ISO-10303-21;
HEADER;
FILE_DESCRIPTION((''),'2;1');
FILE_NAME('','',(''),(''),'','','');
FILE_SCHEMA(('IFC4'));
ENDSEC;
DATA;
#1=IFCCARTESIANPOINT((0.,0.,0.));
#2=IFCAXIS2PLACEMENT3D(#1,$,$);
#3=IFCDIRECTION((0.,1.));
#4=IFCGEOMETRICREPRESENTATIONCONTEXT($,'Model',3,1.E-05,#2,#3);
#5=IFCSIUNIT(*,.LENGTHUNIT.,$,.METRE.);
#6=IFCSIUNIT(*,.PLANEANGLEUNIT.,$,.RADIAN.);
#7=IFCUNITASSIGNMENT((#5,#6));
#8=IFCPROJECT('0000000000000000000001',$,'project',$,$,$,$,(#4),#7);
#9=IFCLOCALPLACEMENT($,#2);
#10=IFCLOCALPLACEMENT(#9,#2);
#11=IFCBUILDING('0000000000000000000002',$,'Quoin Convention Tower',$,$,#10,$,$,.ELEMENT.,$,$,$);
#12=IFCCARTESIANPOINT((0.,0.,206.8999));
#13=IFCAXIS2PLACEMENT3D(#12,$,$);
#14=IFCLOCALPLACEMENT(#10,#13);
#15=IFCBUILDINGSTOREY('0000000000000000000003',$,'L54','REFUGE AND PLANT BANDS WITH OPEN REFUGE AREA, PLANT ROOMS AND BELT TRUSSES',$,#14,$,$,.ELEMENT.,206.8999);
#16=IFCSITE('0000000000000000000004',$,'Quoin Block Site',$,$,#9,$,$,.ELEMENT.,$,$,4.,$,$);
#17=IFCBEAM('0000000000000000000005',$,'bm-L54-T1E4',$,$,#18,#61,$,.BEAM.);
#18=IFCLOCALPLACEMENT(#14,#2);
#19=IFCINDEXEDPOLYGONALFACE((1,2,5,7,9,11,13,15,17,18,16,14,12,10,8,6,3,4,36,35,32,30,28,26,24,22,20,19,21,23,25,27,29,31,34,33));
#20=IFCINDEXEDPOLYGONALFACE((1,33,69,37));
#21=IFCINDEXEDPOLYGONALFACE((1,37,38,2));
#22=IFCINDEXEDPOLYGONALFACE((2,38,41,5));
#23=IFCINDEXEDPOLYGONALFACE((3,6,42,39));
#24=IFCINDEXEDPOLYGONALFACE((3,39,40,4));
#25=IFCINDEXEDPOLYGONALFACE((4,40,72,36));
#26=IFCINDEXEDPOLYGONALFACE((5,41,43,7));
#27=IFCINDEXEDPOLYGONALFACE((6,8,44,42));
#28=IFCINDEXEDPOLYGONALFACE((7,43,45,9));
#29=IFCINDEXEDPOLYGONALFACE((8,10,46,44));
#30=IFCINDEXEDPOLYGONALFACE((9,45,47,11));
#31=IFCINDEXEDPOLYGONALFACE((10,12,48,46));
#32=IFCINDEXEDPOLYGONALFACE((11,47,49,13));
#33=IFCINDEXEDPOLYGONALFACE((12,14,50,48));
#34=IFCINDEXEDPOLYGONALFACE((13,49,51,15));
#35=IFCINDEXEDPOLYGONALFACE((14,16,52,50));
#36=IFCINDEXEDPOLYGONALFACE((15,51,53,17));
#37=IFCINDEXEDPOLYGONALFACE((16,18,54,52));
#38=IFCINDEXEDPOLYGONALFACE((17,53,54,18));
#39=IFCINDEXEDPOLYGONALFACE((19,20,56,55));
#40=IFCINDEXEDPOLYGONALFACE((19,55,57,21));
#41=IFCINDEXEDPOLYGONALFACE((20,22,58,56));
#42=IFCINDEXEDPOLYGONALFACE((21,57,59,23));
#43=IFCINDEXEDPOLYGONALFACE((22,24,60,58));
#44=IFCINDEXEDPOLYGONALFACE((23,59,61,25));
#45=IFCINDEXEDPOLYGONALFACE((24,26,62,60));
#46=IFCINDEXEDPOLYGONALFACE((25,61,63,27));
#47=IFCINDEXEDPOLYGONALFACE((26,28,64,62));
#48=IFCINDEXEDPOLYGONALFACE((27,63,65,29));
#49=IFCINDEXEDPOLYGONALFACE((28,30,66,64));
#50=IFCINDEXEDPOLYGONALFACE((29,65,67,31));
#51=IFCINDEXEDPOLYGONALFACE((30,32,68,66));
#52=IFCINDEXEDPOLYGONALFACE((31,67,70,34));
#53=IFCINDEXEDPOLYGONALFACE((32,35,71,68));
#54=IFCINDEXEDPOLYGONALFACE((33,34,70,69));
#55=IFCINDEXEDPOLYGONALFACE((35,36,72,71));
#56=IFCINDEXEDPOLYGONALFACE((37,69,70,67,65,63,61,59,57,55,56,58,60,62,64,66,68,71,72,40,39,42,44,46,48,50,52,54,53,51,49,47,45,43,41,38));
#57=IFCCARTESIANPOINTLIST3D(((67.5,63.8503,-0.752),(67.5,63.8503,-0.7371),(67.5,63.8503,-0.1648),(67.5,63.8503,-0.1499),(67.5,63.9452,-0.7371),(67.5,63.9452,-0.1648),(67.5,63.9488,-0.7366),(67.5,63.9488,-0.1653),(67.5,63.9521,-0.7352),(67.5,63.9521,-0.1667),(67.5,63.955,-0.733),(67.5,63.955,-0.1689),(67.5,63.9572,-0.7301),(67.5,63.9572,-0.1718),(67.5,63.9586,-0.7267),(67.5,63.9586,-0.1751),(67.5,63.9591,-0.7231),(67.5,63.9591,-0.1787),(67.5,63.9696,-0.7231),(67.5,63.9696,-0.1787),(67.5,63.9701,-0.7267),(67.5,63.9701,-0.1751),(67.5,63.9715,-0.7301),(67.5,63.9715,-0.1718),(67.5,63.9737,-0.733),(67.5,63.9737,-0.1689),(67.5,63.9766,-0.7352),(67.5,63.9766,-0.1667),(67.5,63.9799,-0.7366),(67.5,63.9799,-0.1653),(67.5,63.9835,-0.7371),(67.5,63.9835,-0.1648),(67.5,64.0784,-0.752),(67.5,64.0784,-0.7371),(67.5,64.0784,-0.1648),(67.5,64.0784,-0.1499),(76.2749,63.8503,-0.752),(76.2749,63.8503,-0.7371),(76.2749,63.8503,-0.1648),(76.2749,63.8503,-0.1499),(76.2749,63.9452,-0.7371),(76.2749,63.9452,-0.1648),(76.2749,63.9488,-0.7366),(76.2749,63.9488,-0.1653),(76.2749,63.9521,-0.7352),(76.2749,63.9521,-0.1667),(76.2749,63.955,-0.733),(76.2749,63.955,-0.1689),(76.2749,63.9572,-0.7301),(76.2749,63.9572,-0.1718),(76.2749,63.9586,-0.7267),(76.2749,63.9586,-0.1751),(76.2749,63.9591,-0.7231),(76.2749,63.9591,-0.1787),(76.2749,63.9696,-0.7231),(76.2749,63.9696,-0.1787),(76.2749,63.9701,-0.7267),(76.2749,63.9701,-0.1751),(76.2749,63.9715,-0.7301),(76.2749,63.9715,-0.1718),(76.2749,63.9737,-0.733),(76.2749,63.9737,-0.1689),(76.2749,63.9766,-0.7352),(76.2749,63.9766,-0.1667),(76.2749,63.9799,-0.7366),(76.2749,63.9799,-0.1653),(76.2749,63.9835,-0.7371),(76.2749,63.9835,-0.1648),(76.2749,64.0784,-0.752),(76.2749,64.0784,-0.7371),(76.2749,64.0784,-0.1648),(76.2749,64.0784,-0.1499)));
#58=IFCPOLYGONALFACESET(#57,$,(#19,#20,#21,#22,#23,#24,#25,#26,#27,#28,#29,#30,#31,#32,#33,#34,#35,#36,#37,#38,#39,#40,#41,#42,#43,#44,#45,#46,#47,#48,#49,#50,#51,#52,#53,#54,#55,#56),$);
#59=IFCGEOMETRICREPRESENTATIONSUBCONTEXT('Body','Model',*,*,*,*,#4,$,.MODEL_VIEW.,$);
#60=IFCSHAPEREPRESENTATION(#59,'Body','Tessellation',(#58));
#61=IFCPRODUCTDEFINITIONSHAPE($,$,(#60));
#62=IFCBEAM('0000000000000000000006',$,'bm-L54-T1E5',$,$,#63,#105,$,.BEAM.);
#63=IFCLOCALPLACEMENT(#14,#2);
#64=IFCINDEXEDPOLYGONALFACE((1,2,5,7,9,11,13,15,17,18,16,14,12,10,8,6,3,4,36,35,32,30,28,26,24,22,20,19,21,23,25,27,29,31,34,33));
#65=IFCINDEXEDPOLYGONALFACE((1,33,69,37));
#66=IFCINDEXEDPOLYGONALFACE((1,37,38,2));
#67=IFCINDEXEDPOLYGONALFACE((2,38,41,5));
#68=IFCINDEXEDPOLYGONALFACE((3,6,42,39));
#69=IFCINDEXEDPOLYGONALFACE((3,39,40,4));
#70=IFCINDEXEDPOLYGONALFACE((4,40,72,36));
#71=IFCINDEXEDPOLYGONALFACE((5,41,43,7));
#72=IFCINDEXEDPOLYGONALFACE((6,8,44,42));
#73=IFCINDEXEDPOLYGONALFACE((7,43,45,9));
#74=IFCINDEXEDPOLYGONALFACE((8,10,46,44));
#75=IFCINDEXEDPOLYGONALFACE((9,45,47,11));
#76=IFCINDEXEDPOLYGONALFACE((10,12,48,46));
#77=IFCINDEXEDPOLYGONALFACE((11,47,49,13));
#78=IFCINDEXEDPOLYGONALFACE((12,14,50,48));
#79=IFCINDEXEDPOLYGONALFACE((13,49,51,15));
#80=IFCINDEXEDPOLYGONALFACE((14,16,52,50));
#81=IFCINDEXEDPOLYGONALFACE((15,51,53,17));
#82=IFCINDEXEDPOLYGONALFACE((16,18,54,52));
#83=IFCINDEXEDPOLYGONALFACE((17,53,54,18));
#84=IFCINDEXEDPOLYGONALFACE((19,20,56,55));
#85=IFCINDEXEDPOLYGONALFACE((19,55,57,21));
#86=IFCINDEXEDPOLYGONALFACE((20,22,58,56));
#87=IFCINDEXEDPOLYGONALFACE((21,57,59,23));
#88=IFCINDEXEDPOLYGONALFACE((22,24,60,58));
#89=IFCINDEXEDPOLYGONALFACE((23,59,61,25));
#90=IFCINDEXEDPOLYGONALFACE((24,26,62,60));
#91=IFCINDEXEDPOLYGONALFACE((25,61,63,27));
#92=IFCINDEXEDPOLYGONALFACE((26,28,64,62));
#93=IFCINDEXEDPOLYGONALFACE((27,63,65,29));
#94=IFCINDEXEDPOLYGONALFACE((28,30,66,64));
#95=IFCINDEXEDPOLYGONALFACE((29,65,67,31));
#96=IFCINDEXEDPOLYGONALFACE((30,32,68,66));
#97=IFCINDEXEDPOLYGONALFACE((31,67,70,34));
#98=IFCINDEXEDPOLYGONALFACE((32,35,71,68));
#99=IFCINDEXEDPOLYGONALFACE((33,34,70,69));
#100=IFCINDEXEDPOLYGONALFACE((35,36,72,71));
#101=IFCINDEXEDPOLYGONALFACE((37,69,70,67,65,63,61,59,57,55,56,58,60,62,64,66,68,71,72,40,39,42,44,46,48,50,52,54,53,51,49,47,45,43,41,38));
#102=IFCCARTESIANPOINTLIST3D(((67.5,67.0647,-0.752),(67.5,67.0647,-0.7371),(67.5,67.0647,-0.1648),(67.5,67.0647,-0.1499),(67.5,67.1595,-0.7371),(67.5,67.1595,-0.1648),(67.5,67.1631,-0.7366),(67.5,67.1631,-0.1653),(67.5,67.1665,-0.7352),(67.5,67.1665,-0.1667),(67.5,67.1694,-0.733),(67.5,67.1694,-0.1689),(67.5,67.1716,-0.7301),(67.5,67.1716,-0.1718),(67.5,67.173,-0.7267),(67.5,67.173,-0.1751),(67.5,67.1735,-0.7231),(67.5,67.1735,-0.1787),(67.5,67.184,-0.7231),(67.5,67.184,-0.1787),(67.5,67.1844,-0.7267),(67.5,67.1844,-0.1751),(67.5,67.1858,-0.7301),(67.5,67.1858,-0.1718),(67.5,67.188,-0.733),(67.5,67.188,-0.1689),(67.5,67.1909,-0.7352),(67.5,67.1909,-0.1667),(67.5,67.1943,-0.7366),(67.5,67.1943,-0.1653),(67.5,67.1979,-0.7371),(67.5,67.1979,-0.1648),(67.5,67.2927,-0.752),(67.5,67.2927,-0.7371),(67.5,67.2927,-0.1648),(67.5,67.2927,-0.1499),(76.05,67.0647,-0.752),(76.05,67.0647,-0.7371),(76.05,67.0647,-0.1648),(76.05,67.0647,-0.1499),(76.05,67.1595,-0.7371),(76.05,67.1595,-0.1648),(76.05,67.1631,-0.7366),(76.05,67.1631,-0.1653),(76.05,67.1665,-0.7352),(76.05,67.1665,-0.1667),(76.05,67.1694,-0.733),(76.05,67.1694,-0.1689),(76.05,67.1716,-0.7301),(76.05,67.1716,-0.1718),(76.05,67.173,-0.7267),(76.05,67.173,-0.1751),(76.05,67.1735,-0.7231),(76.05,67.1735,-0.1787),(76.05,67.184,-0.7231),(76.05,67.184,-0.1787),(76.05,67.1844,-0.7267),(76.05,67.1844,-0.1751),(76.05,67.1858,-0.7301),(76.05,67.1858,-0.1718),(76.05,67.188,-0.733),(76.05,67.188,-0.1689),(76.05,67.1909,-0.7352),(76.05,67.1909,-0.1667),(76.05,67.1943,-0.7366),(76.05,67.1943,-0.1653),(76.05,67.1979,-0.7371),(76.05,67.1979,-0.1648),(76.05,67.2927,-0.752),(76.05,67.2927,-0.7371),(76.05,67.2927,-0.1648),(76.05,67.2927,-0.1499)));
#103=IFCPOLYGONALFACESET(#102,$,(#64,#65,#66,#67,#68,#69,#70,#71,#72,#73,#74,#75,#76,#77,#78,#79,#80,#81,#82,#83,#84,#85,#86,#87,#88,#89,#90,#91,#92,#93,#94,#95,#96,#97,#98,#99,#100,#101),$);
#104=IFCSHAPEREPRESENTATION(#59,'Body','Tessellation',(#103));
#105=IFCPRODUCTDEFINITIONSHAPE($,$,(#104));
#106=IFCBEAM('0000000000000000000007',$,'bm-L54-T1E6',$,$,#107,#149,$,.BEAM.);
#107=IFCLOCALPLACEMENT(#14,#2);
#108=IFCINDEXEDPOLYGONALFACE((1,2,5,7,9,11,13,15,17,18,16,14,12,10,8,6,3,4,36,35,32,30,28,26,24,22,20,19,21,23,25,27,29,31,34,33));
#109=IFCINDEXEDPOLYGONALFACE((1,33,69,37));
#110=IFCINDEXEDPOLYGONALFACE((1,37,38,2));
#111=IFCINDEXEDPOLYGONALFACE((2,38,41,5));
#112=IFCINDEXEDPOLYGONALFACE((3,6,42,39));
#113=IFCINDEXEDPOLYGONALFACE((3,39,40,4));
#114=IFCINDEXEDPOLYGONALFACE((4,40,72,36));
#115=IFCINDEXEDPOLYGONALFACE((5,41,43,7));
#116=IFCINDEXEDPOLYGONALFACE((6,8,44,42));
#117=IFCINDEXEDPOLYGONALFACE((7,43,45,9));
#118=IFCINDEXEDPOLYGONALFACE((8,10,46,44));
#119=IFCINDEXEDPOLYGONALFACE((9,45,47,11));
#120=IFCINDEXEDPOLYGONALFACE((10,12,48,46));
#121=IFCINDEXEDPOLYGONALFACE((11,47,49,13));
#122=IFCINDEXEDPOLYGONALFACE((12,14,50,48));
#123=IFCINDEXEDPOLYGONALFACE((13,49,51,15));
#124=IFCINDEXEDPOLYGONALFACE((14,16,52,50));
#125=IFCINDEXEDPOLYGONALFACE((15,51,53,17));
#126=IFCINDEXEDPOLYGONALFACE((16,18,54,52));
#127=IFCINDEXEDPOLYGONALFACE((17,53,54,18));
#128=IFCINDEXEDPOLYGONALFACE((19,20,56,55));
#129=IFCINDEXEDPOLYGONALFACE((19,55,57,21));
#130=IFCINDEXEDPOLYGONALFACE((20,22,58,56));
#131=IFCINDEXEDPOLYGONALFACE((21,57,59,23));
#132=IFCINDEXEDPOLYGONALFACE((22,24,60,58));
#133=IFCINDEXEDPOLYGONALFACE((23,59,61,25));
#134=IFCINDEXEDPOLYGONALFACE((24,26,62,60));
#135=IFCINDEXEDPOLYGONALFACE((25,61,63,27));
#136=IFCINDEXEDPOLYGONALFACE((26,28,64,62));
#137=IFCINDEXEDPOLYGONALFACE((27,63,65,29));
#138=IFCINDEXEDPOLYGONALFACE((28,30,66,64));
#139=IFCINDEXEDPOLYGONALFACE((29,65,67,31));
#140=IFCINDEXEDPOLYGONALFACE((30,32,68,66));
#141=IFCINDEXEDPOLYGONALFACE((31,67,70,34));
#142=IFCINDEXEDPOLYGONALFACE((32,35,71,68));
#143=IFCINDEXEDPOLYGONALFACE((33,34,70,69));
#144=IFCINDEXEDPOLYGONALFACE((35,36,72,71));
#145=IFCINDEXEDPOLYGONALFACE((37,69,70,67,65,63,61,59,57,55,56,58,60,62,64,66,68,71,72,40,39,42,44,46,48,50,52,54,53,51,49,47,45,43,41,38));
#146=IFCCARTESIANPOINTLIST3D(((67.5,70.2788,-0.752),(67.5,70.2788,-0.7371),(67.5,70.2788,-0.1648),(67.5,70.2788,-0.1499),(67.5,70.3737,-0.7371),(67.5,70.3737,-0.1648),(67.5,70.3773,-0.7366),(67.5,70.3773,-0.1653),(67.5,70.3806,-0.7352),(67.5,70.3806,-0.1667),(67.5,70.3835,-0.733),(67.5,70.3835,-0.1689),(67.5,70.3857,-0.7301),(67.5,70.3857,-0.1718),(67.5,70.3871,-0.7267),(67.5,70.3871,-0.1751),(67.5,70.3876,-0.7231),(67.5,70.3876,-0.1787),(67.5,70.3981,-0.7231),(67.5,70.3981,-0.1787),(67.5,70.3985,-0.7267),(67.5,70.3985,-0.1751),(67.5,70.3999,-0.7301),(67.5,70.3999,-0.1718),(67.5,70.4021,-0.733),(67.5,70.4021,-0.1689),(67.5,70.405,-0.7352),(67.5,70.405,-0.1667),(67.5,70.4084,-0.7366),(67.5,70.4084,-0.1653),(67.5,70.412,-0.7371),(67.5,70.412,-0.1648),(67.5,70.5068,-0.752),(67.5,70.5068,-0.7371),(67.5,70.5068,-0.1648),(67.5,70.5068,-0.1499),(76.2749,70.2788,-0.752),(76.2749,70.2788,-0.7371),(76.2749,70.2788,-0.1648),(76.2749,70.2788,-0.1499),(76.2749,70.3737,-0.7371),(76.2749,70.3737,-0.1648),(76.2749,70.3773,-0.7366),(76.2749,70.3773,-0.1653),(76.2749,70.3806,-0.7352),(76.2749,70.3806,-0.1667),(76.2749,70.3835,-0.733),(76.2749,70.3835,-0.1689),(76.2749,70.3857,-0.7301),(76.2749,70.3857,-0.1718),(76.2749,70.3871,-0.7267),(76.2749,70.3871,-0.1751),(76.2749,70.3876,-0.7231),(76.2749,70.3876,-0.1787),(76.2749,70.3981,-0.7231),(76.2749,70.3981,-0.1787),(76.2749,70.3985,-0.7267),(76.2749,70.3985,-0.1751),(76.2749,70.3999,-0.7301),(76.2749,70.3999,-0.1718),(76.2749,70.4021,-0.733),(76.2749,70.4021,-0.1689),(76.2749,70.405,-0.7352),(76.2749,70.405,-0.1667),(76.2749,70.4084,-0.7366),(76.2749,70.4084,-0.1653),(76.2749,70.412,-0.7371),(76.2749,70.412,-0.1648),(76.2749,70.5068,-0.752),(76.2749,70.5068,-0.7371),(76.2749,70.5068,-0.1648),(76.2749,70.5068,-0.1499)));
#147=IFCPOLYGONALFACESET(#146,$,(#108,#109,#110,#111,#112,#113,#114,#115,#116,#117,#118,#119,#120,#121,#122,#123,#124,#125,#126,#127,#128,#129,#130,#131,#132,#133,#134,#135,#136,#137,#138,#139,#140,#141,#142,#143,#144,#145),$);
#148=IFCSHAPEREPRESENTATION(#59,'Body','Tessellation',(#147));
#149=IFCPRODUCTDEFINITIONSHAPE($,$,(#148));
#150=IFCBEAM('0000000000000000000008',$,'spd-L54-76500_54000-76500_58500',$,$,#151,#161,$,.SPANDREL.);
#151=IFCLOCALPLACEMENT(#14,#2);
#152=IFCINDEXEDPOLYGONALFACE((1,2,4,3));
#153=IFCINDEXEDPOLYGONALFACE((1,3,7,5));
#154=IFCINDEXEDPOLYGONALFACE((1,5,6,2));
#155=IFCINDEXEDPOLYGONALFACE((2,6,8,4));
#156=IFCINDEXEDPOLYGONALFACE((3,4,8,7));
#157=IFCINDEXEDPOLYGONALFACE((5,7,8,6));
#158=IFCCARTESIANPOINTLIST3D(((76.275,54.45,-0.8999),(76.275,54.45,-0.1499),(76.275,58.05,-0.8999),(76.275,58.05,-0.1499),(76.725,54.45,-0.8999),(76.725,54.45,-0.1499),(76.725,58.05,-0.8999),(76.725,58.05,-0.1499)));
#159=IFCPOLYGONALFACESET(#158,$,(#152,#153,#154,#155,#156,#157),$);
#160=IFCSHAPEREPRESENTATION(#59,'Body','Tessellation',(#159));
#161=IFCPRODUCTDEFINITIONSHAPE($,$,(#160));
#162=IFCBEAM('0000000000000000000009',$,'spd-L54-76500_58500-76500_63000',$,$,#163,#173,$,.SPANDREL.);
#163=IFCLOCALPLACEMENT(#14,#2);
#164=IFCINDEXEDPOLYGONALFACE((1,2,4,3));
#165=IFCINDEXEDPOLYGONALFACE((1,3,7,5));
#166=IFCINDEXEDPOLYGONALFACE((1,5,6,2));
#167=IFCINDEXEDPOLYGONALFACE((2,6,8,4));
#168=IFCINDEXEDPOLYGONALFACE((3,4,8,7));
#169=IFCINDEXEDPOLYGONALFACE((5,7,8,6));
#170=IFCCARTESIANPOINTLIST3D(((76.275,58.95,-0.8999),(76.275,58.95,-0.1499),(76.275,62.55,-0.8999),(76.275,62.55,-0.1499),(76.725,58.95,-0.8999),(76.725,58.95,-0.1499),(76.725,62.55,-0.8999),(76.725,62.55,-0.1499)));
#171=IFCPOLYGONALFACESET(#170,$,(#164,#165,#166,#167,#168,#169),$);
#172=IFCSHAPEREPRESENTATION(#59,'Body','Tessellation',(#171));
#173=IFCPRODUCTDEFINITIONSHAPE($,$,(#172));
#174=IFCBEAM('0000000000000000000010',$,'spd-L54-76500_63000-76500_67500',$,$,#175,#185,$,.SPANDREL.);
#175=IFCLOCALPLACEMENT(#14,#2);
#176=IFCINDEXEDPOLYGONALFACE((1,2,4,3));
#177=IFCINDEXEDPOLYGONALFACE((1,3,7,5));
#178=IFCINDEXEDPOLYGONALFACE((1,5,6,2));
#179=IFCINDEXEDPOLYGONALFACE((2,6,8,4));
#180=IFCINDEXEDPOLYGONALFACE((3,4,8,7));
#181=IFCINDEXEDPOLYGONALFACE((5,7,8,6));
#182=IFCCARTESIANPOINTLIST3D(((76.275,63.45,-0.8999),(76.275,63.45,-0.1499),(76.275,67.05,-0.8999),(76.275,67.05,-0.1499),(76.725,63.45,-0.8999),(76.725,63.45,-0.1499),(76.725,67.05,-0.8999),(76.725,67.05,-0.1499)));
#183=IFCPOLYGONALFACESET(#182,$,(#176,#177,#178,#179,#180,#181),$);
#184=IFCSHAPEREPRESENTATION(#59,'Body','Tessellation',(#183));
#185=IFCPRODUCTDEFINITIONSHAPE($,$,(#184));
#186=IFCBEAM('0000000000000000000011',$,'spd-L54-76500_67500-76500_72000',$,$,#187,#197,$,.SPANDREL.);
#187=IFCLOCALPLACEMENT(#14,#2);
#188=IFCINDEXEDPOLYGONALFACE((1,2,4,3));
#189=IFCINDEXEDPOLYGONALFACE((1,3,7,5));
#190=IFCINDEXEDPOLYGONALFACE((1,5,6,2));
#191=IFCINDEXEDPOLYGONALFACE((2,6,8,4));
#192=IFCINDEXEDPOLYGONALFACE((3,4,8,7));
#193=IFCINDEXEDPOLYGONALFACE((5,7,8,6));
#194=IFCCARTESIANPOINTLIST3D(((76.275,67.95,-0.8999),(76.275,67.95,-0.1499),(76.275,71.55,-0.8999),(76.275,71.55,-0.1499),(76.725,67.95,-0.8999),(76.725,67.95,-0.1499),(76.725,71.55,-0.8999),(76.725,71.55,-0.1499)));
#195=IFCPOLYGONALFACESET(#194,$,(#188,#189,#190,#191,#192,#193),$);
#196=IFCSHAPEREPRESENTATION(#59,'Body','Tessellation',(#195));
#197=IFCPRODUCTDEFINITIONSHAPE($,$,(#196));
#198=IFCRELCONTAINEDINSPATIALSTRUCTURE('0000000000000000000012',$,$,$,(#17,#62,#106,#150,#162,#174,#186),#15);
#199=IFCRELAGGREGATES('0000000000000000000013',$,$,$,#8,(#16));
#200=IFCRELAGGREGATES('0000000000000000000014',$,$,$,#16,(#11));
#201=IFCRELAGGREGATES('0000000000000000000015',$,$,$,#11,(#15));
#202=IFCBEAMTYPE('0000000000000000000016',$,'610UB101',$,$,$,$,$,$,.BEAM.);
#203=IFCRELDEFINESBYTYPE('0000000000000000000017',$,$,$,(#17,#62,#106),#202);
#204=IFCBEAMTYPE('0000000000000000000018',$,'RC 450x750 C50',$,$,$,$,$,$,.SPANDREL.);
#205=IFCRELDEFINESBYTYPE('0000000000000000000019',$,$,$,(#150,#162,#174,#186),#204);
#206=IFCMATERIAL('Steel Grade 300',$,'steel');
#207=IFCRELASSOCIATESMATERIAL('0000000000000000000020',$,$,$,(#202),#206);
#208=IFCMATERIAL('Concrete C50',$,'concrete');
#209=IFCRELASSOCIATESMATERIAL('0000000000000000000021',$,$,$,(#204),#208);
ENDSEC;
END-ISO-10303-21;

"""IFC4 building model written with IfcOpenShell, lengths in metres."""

from ifc_helpers import new_model, si_unit, direction, frame, origin, origin_2d, place, context, subcontext, project, spatial, rectangle, i_section, extrude, material, material_profile, profile_set, type_object, element, save


model = new_model("IFC4")

# Units and contexts
model_context = context("Model", 3, precision=1e-05, world=origin(), true_north=direction((0.0, 1.0)))
body_context = subcontext(model_context, "Body", "Model", "MODEL_VIEW")
ifc_project = project(units=[si_unit("LENGTHUNIT", "METRE"), si_unit("PLANEANGLEUNIT", "RADIAN")], contexts=[model_context])

# Site, building, storey
site_placement = place(None, origin())
site = spatial("IfcSite", under=ifc_project, at=site_placement, Name="Quoin Block Site", CompositionType="ELEMENT", RefElevation=4.0)
building_placement = place(site_placement, origin())
building = spatial("IfcBuilding", under=site, at=building_placement, Name="Quoin Convention Tower", CompositionType="ELEMENT")
storey_placement = place(building_placement, frame((0.0, 0.0, 206.8999)))
storey = spatial("IfcBuildingStorey", under=building, at=storey_placement, Name="L54", Description="REFUGE AND PLANT BANDS WITH OPEN REFUGE AREA, PLANT ROOMS AND BELT TRUSSES", CompositionType="ELEMENT", Elevation=206.8999)

# Shared definitions
ifc_material_1 = material(Name="Concrete C50", Category="concrete")

# Shared definitions
ifc_material_2 = material(Name="Steel Grade 300", Category="steel")

# Beams
ifc_material_profile_1 = material_profile(ifc_material_2, i_section(OverallWidth=0.228, OverallDepth=0.6021, WebThickness=0.0105, FlangeThickness=0.0149, FilletRadius=0.0139, at=origin_2d()), Name="610UB101")
ifc_profile_set_1 = profile_set([ifc_material_profile_1], Name="Steel Grade 300")
beam_type_1 = type_object("IfcBeamType", Name="610UB101", PredefinedType="BEAM", material=ifc_profile_set_1)
for number, where, z_axis, x_axis, name in (
    (1, (67.5, 63.9644, -0.4509), (1.0, 0.0, 0.0), (0.0, 1.0, 0.0), "bm-L54-T1E4"),
):
    element("IfcBeam", number, at=place(storey_placement, frame(where, z_axis=z_axis, x_axis=x_axis)), inside=storey, type_object=beam_type_1, Name=name, PredefinedType="BEAM", context=body_context, shape_type="SweptSolid", body=[
        extrude(i_section(OverallWidth=0.228, OverallDepth=0.6021, WebThickness=0.0105, FlangeThickness=0.0149, FilletRadius=0.0139, at=origin_2d()), origin(), (0.0, 0.0, 1.0), 8.7749),
    ])
beam_1_placement = place(storey_placement, frame((67.5, 67.1787, -0.4509), z_axis=(1.0, 0.0, 0.0), x_axis=(0.0, 1.0, 0.0)))
element("IfcBeam", 2, at=beam_1_placement, inside=storey, type_object=beam_type_1, Name="bm-L54-T1E5", PredefinedType="BEAM", context=body_context, shape_type="SweptSolid", body=[
    extrude(i_section(OverallWidth=0.228, OverallDepth=0.6021, WebThickness=0.0105, FlangeThickness=0.0149, FilletRadius=0.0139, at=origin_2d()), origin(), (0.0, 0.0, 1.0), 8.55),
])
beam_2_placement = place(storey_placement, frame((67.5, 70.3928, -0.4509), z_axis=(1.0, 0.0, 0.0), x_axis=(0.0, 1.0, 0.0)))
element("IfcBeam", 3, at=beam_2_placement, inside=storey, type_object=beam_type_1, Name="bm-L54-T1E6", PredefinedType="BEAM", context=body_context, shape_type="SweptSolid", body=[
    extrude(i_section(OverallWidth=0.228, OverallDepth=0.6021, WebThickness=0.0105, FlangeThickness=0.0149, FilletRadius=0.0139, at=origin_2d()), origin(), (0.0, 0.0, 1.0), 8.7749),
])
ifc_material_profile_2 = material_profile(ifc_material_1, rectangle(XDim=0.45, YDim=0.75, at=origin_2d()), Name="RC 450x750")
ifc_profile_set_2 = profile_set([ifc_material_profile_2], Name="Concrete C50")
beam_type_2 = type_object("IfcBeamType", Name="RC 450x750 C50", PredefinedType="SPANDREL", material=ifc_profile_set_2)
for number, where, z_axis, x_axis, name in (
    (4, (76.5, 54.45, -0.5249), (0.0, 1.0, 0.0), (-1.0, 0.0, 0.0), "spd-L54-76500_54000-76500_58500"),
    (5, (76.5, 58.95, -0.5249), (0.0, 1.0, 0.0), (-1.0, 0.0, 0.0), "spd-L54-76500_58500-76500_63000"),
    (6, (76.5, 63.45, -0.5249), (0.0, 1.0, 0.0), (-1.0, 0.0, 0.0), "spd-L54-76500_63000-76500_67500"),
    (7, (76.5, 67.95, -0.5249), (0.0, 1.0, 0.0), (-1.0, 0.0, 0.0), "spd-L54-76500_67500-76500_72000"),
):
    element("IfcBeam", number, at=place(storey_placement, frame(where, z_axis=z_axis, x_axis=x_axis)), inside=storey, type_object=beam_type_2, Name=name, PredefinedType="SPANDREL", context=body_context, shape_type="SweptSolid", body=[
        extrude(rectangle(XDim=0.45, YDim=0.75, at=origin_2d()), origin(), (0.0, 0.0, 1.0), 3.6001),
    ])

save(model, "model.ifc")
